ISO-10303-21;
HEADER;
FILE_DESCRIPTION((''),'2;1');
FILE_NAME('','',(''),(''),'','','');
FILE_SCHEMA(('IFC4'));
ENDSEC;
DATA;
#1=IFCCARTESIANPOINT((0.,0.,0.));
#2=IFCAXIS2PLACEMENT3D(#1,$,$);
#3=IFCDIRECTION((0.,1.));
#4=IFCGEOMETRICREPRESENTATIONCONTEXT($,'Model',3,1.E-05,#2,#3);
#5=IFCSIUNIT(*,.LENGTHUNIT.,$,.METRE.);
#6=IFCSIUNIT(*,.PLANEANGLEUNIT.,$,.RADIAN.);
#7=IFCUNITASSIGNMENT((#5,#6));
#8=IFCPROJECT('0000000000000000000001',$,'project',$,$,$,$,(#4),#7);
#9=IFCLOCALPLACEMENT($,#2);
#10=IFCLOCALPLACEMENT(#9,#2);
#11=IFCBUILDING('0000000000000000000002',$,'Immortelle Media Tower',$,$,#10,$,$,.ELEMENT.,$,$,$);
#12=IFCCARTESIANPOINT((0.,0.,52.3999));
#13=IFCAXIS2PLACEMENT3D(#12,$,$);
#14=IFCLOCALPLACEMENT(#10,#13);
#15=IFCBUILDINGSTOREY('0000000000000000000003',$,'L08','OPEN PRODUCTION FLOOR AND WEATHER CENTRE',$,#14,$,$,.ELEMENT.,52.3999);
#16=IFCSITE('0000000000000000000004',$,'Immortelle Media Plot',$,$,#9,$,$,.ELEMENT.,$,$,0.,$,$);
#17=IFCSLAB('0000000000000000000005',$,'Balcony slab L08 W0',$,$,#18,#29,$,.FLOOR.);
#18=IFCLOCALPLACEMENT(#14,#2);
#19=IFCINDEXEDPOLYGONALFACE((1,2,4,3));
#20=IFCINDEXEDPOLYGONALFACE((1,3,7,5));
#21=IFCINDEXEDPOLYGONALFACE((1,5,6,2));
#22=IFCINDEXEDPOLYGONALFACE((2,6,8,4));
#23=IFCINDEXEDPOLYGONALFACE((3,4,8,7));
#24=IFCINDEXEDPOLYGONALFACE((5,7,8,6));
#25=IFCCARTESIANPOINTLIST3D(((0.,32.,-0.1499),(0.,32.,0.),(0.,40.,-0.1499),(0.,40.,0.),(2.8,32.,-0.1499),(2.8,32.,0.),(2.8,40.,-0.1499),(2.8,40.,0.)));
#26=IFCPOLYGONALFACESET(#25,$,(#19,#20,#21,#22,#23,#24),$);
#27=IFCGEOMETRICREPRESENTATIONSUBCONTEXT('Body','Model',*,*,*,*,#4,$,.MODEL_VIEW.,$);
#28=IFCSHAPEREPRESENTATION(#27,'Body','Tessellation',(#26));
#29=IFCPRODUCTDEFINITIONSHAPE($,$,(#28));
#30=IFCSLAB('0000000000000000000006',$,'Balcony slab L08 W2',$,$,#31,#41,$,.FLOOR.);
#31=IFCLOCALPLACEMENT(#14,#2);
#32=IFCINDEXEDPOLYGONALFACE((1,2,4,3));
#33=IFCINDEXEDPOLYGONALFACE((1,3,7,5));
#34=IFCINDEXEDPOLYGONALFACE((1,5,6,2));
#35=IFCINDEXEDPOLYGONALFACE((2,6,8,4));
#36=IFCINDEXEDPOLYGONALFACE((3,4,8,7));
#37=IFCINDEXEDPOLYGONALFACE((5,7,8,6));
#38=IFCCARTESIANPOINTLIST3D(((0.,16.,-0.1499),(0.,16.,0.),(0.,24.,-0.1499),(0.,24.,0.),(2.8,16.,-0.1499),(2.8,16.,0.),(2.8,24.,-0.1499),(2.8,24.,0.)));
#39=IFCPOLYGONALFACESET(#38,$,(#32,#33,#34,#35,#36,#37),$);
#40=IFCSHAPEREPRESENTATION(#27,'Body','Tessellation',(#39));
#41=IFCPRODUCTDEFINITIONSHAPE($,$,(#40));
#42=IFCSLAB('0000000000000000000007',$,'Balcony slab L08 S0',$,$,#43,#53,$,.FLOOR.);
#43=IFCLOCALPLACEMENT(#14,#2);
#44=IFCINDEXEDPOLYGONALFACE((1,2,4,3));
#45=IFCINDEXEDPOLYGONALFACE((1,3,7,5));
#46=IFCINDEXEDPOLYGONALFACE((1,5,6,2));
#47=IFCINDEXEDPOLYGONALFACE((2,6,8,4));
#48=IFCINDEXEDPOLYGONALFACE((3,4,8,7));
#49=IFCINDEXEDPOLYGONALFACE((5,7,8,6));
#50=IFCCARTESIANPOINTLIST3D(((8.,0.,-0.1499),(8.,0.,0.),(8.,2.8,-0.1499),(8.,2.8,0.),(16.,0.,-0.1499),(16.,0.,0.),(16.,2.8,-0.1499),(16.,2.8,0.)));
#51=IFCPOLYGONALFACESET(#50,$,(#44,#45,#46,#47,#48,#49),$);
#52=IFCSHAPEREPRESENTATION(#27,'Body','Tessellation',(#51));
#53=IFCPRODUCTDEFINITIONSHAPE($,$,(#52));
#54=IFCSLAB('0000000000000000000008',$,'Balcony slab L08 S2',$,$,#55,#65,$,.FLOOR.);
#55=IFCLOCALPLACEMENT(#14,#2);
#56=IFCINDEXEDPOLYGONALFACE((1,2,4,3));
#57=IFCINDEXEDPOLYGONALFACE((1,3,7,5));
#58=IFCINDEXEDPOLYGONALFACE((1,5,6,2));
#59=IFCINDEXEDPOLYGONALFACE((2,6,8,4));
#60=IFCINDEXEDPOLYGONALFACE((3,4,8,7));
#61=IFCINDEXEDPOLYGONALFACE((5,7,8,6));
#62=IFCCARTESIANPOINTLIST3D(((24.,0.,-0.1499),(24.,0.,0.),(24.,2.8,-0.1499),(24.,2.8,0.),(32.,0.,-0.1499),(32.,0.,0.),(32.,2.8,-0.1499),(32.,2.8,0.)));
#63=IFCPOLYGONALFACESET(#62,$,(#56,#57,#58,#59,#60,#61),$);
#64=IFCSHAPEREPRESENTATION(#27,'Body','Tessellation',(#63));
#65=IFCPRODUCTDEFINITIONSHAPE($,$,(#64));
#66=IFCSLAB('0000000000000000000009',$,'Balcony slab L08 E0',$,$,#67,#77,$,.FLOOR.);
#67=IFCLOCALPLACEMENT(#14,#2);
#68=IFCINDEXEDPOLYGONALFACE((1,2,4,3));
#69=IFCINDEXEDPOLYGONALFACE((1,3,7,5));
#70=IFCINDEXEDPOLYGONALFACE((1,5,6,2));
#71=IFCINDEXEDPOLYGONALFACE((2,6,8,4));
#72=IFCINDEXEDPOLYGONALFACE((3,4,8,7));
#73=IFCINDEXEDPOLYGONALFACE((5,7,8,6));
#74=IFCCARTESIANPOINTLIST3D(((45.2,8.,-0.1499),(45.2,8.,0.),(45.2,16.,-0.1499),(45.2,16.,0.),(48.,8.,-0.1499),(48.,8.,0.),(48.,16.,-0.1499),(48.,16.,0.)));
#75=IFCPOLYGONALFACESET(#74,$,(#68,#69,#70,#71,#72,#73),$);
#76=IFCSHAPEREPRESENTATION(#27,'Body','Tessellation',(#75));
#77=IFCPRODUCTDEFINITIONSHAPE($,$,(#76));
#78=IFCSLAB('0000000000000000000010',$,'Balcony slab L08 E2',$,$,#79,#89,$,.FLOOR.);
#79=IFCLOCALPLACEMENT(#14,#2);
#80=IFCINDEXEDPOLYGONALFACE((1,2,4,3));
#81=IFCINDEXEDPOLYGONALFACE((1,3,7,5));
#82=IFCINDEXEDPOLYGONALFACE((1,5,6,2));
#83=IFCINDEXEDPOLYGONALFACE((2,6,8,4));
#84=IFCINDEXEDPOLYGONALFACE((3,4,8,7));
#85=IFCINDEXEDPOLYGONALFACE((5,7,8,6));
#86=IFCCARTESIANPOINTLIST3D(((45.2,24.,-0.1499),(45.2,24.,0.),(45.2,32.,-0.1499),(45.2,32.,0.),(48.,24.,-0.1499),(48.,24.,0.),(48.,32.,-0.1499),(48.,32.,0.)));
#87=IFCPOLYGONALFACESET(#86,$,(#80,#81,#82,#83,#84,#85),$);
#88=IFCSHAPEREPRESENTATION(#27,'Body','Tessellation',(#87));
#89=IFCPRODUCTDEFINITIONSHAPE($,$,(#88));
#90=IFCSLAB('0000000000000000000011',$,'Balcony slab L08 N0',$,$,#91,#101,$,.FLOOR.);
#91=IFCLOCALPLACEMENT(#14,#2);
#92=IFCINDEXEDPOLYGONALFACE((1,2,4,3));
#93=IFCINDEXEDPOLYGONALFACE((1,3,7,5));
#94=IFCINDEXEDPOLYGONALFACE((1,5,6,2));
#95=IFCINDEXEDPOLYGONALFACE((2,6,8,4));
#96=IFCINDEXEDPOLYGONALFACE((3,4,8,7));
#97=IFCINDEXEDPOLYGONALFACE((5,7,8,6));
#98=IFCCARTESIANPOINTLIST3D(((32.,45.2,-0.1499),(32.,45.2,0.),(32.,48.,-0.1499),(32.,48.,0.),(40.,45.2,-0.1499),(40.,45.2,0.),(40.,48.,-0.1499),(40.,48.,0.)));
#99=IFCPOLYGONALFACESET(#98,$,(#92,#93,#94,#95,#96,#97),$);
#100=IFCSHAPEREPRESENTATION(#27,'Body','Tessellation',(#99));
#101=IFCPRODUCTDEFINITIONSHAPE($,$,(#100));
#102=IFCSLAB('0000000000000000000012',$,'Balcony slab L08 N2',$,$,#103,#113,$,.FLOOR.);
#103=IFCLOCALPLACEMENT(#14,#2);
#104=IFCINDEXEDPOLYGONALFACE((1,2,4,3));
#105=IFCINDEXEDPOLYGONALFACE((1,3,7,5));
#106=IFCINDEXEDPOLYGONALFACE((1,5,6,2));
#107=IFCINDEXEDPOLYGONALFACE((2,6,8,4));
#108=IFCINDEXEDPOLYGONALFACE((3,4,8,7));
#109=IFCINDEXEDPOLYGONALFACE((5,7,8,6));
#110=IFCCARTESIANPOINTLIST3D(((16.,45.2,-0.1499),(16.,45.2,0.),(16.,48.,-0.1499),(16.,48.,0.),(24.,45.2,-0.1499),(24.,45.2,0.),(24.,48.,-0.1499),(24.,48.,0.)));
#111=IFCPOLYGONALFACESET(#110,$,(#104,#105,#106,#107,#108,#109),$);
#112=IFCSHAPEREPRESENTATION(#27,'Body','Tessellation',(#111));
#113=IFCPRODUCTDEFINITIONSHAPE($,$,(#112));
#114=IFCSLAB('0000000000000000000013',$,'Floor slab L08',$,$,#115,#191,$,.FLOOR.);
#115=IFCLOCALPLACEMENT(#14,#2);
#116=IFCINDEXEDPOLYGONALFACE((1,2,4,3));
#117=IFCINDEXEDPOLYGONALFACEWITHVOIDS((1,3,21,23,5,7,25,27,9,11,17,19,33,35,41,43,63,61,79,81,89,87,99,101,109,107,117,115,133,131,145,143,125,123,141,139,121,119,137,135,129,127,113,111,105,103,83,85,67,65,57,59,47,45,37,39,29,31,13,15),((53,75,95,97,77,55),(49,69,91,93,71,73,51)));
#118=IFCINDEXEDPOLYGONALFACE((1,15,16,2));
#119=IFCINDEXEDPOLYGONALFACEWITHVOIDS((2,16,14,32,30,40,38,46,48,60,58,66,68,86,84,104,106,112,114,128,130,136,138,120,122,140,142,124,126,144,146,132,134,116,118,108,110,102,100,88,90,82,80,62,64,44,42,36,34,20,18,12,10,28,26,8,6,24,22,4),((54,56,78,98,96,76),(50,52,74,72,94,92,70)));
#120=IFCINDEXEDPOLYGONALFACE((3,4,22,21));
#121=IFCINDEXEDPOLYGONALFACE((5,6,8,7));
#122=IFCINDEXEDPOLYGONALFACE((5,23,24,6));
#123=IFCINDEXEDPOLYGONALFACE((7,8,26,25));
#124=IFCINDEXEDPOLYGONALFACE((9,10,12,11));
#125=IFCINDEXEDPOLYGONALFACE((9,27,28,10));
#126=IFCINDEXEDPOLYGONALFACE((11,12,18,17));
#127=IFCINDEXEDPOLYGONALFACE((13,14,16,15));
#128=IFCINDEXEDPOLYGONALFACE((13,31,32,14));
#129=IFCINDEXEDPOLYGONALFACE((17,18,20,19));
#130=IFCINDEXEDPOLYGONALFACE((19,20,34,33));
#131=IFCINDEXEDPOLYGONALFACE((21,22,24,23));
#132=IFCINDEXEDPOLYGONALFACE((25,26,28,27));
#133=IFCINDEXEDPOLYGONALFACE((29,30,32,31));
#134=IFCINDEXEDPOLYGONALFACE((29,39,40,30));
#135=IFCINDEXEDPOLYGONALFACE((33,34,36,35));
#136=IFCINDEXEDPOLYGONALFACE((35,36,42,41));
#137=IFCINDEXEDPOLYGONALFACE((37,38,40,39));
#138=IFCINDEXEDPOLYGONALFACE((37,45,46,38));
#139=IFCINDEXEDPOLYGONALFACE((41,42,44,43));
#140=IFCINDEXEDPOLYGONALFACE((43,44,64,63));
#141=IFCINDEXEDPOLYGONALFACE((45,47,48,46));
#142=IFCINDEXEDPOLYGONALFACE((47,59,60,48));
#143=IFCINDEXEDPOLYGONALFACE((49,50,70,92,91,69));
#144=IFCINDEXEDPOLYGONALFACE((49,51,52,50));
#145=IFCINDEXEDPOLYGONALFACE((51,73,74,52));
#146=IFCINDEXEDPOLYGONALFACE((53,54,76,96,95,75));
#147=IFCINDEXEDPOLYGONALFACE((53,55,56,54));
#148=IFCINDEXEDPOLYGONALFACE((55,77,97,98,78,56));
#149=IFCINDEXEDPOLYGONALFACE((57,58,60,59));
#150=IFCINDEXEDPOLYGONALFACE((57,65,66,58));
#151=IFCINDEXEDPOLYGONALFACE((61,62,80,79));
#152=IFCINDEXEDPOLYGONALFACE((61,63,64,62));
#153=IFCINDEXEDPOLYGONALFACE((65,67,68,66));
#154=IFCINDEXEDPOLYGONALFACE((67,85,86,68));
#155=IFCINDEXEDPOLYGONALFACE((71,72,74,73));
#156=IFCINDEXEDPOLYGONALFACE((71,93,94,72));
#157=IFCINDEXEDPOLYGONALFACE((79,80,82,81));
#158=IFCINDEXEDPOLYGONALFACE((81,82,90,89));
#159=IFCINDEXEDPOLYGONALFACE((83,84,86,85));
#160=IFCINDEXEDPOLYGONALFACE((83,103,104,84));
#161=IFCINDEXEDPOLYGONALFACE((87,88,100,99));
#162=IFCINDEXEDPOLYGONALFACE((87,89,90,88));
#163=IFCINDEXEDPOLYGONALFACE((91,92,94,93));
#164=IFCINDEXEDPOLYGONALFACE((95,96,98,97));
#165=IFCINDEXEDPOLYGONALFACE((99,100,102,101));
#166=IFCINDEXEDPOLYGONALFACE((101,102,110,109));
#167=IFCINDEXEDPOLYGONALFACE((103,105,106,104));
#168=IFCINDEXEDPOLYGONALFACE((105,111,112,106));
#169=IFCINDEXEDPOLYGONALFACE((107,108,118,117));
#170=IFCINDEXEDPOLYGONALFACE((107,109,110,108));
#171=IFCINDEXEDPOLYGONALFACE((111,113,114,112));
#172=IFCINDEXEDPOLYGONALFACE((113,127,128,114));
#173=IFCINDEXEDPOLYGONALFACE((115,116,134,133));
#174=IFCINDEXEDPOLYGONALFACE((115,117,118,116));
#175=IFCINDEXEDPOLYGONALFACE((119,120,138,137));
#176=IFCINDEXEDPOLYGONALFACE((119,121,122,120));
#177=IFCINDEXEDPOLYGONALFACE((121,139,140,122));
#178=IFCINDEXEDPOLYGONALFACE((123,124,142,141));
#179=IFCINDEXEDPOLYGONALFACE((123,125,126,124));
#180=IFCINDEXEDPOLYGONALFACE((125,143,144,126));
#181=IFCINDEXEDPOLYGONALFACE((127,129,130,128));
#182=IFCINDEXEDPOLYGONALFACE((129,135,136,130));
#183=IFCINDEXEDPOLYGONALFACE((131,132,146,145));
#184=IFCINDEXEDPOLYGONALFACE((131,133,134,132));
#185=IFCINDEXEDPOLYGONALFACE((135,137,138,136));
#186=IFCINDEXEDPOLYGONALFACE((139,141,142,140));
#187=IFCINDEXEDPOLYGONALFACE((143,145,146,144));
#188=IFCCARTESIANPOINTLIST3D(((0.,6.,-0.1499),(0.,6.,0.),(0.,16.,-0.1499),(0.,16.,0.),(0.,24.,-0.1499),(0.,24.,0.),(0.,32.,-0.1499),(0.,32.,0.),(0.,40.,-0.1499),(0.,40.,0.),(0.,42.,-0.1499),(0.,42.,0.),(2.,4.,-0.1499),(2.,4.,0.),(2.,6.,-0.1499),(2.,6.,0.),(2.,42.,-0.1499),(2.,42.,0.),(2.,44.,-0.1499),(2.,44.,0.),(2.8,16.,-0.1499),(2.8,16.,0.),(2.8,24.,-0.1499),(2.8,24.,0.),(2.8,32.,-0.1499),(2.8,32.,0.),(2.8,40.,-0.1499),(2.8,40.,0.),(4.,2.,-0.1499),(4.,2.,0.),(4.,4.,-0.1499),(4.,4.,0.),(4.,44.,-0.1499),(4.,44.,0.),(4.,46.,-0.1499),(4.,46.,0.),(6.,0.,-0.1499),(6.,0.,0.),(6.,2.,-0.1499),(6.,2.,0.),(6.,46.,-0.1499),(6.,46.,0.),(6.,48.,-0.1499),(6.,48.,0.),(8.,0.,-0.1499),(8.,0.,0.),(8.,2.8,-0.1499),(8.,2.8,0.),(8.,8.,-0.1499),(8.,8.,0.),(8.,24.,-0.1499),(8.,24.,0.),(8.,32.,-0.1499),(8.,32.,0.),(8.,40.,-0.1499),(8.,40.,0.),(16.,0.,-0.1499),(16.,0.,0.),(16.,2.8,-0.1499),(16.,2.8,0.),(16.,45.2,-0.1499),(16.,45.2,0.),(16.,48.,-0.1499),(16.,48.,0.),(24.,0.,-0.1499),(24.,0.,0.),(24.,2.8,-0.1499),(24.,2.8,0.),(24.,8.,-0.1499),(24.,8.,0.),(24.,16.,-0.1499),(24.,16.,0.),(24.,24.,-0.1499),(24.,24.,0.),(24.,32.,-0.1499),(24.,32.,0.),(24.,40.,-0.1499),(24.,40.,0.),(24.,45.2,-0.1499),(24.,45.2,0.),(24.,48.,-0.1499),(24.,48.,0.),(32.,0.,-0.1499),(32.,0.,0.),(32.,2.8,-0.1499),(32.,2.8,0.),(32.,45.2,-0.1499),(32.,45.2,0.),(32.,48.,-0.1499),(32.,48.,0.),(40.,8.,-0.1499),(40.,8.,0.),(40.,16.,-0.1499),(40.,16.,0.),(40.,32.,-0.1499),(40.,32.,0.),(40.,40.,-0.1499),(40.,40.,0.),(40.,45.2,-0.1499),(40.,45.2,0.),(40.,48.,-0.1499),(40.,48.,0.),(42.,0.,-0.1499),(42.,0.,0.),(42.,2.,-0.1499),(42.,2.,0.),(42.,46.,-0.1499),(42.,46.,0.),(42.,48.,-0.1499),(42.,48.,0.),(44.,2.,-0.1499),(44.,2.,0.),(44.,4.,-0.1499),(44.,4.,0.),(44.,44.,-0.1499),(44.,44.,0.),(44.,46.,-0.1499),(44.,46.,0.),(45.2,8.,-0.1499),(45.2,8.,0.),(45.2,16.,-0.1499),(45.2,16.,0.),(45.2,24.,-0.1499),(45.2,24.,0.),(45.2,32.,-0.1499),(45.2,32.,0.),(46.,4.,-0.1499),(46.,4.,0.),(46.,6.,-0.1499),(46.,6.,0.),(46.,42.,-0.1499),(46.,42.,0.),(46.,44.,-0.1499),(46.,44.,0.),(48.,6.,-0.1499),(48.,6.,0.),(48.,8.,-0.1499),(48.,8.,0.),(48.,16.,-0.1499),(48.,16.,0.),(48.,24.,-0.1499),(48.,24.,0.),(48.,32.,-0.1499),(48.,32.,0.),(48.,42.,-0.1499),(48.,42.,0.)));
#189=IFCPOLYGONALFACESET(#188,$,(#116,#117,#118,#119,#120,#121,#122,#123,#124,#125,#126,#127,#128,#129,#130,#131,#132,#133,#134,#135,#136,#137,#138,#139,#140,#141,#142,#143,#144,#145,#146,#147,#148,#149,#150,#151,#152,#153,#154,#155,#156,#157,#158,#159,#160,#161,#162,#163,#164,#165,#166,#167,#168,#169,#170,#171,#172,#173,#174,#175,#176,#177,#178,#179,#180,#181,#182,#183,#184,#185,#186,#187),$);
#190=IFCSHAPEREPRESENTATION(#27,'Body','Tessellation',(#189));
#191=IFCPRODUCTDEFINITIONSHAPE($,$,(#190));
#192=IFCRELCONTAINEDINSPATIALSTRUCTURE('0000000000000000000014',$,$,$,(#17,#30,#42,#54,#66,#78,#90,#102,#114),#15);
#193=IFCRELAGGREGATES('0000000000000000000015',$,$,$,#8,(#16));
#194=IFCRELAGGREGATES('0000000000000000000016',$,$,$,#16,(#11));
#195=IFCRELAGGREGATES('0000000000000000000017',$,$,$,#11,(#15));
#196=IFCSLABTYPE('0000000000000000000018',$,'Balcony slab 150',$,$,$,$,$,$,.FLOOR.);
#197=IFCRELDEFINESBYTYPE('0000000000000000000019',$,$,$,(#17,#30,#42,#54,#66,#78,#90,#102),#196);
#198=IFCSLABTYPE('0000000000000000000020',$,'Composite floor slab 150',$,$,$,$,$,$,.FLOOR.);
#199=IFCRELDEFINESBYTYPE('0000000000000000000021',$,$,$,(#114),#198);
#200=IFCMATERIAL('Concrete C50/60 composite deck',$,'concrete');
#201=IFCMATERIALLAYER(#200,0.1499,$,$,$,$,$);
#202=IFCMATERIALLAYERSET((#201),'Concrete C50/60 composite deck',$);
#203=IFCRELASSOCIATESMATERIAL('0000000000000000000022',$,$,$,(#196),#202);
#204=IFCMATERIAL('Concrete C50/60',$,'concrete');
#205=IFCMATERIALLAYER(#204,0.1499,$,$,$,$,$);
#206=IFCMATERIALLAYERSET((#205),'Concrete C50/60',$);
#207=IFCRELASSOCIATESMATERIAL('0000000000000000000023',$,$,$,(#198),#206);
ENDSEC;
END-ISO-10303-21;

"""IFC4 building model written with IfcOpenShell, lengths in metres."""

from ifc_helpers import new_model, si_unit, direction, frame, origin, place, context, subcontext, project, spatial, polyline, outline, extrude, material, layer, layer_set, type_object, element, save


model = new_model("IFC4")

# Units and contexts
model_context = context("Model", 3, precision=1e-05, world=origin(), true_north=direction((0.0, 1.0)))
body_context = subcontext(model_context, "Body", "Model", "MODEL_VIEW")
ifc_project = project(units=[si_unit("LENGTHUNIT", "METRE"), si_unit("PLANEANGLEUNIT", "RADIAN")], contexts=[model_context])

# Site, building, storey
site_placement = place(None, origin())
site = spatial("IfcSite", under=ifc_project, at=site_placement, Name="Immortelle Media Plot", CompositionType="ELEMENT", RefElevation=0.0)
building_placement = place(site_placement, origin())
building = spatial("IfcBuilding", under=site, at=building_placement, Name="Immortelle Media Tower", CompositionType="ELEMENT")
storey_placement = place(building_placement, frame((0.0, 0.0, 52.3999)))
storey = spatial("IfcBuildingStorey", under=building, at=storey_placement, Name="L08", Description="OPEN PRODUCTION FLOOR AND WEATHER CENTRE", CompositionType="ELEMENT", Elevation=52.3999)

# Slabs
ifc_material_1 = material(Name="Concrete C50/60 composite deck", Category="concrete")
ifc_layer_1 = layer(ifc_material_1, 0.1499)
ifc_layer_set_1 = layer_set([ifc_layer_1], Name="Concrete C50/60 composite deck")
slab_type_1 = type_object("IfcSlabType", Name="Balcony slab 150", PredefinedType="FLOOR", material=ifc_layer_set_1)
slab_1_placement = place(storey_placement, frame((0.0, 0.0, -0.1499)))
element("IfcSlab", 1, at=slab_1_placement, inside=storey, type_object=slab_type_1, Name="Balcony slab L08 W0", PredefinedType="FLOOR", context=body_context, shape_type="SweptSolid", body=[
    extrude(outline(polyline([(2.8, 32.0), (2.8, 40.0), (0.0, 40.0), (0.0, 32.0), (2.8, 32.0)])), origin(), (0.0, 0.0, 1.0), 0.1499),
])
slab_2_placement = place(storey_placement, frame((0.0, 0.0, -0.1499)))
element("IfcSlab", 2, at=slab_2_placement, inside=storey, type_object=slab_type_1, Name="Balcony slab L08 W2", PredefinedType="FLOOR", context=body_context, shape_type="SweptSolid", body=[
    extrude(outline(polyline([(2.8, 16.0), (2.8, 24.0), (0.0, 24.0), (0.0, 16.0), (2.8, 16.0)])), origin(), (0.0, 0.0, 1.0), 0.1499),
])
slab_3_placement = place(storey_placement, frame((0.0, 0.0, -0.1499)))
element("IfcSlab", 3, at=slab_3_placement, inside=storey, type_object=slab_type_1, Name="Balcony slab L08 S0", PredefinedType="FLOOR", context=body_context, shape_type="SweptSolid", body=[
    extrude(outline(polyline([(16.0, 0.0), (16.0, 2.8), (8.0, 2.8), (8.0, 0.0), (16.0, 0.0)])), origin(), (0.0, 0.0, 1.0), 0.1499),
])
slab_4_placement = place(storey_placement, frame((0.0, 0.0, -0.1499)))
element("IfcSlab", 4, at=slab_4_placement, inside=storey, type_object=slab_type_1, Name="Balcony slab L08 S2", PredefinedType="FLOOR", context=body_context, shape_type="SweptSolid", body=[
    extrude(outline(polyline([(32.0, 0.0), (32.0, 2.8), (24.0, 2.8), (24.0, 0.0), (32.0, 0.0)])), origin(), (0.0, 0.0, 1.0), 0.1499),
])
slab_5_placement = place(storey_placement, frame((0.0, 0.0, -0.1499)))
element("IfcSlab", 5, at=slab_5_placement, inside=storey, type_object=slab_type_1, Name="Balcony slab L08 E0", PredefinedType="FLOOR", context=body_context, shape_type="SweptSolid", body=[
    extrude(outline(polyline([(48.0, 8.0), (48.0, 16.0), (45.2, 16.0), (45.2, 8.0), (48.0, 8.0)])), origin(), (0.0, 0.0, 1.0), 0.1499),
])
slab_6_placement = place(storey_placement, frame((0.0, 0.0, -0.1499)))
element("IfcSlab", 6, at=slab_6_placement, inside=storey, type_object=slab_type_1, Name="Balcony slab L08 E2", PredefinedType="FLOOR", context=body_context, shape_type="SweptSolid", body=[
    extrude(outline(polyline([(48.0, 24.0), (48.0, 32.0), (45.2, 32.0), (45.2, 24.0), (48.0, 24.0)])), origin(), (0.0, 0.0, 1.0), 0.1499),
])
slab_7_placement = place(storey_placement, frame((0.0, 0.0, -0.1499)))
element("IfcSlab", 7, at=slab_7_placement, inside=storey, type_object=slab_type_1, Name="Balcony slab L08 N0", PredefinedType="FLOOR", context=body_context, shape_type="SweptSolid", body=[
    extrude(outline(polyline([(40.0, 45.2), (40.0, 48.0), (32.0, 48.0), (32.0, 45.2), (40.0, 45.2)])), origin(), (0.0, 0.0, 1.0), 0.1499),
])
slab_8_placement = place(storey_placement, frame((0.0, 0.0, -0.1499)))
element("IfcSlab", 8, at=slab_8_placement, inside=storey, type_object=slab_type_1, Name="Balcony slab L08 N2", PredefinedType="FLOOR", context=body_context, shape_type="SweptSolid", body=[
    extrude(outline(polyline([(24.0, 45.2), (24.0, 48.0), (16.0, 48.0), (16.0, 45.2), (24.0, 45.2)])), origin(), (0.0, 0.0, 1.0), 0.1499),
])
ifc_material_2 = material(Name="Concrete C50/60", Category="concrete")
ifc_layer_2 = layer(ifc_material_2, 0.1499)
ifc_layer_set_2 = layer_set([ifc_layer_2], Name="Concrete C50/60")
slab_type_2 = type_object("IfcSlabType", Name="Composite floor slab 150", PredefinedType="FLOOR", material=ifc_layer_set_2)
slab_9_placement = place(storey_placement, frame((0.0, 0.0, -0.1499)))
element("IfcSlab", 9, at=slab_9_placement, inside=storey, type_object=slab_type_2, Name="Floor slab L08", PredefinedType="FLOOR", context=body_context, shape_type="SweptSolid", body=[
    extrude(outline(polyline([(6.0, 0.0), (6.0, 2.0), (4.0, 2.0), (4.0, 4.0), (2.0, 4.0), (2.0, 6.0), (0.0, 6.0), (0.0, 16.0), (2.8, 16.0), (2.8, 24.0), (0.0, 24.0), (0.0, 32.0), (2.8, 32.0), (2.8, 40.0), (0.0, 40.0), (0.0, 42.0), (2.0, 42.0), (2.0, 44.0), (4.0, 44.0), (4.0, 46.0), (6.0, 46.0), (6.0, 48.0), (16.0, 48.0), (16.0, 45.2), (24.0, 45.2), (24.0, 48.0), (32.0, 48.0), (32.0, 45.2), (40.0, 45.2), (40.0, 48.0), (42.0, 48.0), (42.0, 46.0), (44.0, 46.0), (44.0, 44.0), (46.0, 44.0), (46.0, 42.0), (48.0, 42.0), (48.0, 32.0), (45.2, 32.0), (45.2, 24.0), (48.0, 24.0), (48.0, 16.0), (45.2, 16.0), (45.2, 8.0), (48.0, 8.0), (48.0, 6.0), (46.0, 6.0), (46.0, 4.0), (44.0, 4.0), (44.0, 2.0), (42.0, 2.0), (42.0, 0.0), (32.0, 0.0), (32.0, 2.8), (24.0, 2.8), (24.0, 0.0), (16.0, 0.0), (16.0, 2.8), (8.0, 2.8), (8.0, 0.0), (6.0, 0.0)]), holes=[polyline([(24.0, 24.0), (8.0, 24.0), (8.0, 8.0), (24.0, 8.0), (40.0, 8.0), (40.0, 16.0), (24.0, 16.0), (24.0, 24.0)]), polyline([(24.0, 32.0), (40.0, 32.0), (40.0, 40.0), (24.0, 40.0), (8.0, 40.0), (8.0, 32.0), (24.0, 32.0)])]), origin(), (0.0, 0.0, 1.0), 0.1499),
])

save(model, "model.ifc")
